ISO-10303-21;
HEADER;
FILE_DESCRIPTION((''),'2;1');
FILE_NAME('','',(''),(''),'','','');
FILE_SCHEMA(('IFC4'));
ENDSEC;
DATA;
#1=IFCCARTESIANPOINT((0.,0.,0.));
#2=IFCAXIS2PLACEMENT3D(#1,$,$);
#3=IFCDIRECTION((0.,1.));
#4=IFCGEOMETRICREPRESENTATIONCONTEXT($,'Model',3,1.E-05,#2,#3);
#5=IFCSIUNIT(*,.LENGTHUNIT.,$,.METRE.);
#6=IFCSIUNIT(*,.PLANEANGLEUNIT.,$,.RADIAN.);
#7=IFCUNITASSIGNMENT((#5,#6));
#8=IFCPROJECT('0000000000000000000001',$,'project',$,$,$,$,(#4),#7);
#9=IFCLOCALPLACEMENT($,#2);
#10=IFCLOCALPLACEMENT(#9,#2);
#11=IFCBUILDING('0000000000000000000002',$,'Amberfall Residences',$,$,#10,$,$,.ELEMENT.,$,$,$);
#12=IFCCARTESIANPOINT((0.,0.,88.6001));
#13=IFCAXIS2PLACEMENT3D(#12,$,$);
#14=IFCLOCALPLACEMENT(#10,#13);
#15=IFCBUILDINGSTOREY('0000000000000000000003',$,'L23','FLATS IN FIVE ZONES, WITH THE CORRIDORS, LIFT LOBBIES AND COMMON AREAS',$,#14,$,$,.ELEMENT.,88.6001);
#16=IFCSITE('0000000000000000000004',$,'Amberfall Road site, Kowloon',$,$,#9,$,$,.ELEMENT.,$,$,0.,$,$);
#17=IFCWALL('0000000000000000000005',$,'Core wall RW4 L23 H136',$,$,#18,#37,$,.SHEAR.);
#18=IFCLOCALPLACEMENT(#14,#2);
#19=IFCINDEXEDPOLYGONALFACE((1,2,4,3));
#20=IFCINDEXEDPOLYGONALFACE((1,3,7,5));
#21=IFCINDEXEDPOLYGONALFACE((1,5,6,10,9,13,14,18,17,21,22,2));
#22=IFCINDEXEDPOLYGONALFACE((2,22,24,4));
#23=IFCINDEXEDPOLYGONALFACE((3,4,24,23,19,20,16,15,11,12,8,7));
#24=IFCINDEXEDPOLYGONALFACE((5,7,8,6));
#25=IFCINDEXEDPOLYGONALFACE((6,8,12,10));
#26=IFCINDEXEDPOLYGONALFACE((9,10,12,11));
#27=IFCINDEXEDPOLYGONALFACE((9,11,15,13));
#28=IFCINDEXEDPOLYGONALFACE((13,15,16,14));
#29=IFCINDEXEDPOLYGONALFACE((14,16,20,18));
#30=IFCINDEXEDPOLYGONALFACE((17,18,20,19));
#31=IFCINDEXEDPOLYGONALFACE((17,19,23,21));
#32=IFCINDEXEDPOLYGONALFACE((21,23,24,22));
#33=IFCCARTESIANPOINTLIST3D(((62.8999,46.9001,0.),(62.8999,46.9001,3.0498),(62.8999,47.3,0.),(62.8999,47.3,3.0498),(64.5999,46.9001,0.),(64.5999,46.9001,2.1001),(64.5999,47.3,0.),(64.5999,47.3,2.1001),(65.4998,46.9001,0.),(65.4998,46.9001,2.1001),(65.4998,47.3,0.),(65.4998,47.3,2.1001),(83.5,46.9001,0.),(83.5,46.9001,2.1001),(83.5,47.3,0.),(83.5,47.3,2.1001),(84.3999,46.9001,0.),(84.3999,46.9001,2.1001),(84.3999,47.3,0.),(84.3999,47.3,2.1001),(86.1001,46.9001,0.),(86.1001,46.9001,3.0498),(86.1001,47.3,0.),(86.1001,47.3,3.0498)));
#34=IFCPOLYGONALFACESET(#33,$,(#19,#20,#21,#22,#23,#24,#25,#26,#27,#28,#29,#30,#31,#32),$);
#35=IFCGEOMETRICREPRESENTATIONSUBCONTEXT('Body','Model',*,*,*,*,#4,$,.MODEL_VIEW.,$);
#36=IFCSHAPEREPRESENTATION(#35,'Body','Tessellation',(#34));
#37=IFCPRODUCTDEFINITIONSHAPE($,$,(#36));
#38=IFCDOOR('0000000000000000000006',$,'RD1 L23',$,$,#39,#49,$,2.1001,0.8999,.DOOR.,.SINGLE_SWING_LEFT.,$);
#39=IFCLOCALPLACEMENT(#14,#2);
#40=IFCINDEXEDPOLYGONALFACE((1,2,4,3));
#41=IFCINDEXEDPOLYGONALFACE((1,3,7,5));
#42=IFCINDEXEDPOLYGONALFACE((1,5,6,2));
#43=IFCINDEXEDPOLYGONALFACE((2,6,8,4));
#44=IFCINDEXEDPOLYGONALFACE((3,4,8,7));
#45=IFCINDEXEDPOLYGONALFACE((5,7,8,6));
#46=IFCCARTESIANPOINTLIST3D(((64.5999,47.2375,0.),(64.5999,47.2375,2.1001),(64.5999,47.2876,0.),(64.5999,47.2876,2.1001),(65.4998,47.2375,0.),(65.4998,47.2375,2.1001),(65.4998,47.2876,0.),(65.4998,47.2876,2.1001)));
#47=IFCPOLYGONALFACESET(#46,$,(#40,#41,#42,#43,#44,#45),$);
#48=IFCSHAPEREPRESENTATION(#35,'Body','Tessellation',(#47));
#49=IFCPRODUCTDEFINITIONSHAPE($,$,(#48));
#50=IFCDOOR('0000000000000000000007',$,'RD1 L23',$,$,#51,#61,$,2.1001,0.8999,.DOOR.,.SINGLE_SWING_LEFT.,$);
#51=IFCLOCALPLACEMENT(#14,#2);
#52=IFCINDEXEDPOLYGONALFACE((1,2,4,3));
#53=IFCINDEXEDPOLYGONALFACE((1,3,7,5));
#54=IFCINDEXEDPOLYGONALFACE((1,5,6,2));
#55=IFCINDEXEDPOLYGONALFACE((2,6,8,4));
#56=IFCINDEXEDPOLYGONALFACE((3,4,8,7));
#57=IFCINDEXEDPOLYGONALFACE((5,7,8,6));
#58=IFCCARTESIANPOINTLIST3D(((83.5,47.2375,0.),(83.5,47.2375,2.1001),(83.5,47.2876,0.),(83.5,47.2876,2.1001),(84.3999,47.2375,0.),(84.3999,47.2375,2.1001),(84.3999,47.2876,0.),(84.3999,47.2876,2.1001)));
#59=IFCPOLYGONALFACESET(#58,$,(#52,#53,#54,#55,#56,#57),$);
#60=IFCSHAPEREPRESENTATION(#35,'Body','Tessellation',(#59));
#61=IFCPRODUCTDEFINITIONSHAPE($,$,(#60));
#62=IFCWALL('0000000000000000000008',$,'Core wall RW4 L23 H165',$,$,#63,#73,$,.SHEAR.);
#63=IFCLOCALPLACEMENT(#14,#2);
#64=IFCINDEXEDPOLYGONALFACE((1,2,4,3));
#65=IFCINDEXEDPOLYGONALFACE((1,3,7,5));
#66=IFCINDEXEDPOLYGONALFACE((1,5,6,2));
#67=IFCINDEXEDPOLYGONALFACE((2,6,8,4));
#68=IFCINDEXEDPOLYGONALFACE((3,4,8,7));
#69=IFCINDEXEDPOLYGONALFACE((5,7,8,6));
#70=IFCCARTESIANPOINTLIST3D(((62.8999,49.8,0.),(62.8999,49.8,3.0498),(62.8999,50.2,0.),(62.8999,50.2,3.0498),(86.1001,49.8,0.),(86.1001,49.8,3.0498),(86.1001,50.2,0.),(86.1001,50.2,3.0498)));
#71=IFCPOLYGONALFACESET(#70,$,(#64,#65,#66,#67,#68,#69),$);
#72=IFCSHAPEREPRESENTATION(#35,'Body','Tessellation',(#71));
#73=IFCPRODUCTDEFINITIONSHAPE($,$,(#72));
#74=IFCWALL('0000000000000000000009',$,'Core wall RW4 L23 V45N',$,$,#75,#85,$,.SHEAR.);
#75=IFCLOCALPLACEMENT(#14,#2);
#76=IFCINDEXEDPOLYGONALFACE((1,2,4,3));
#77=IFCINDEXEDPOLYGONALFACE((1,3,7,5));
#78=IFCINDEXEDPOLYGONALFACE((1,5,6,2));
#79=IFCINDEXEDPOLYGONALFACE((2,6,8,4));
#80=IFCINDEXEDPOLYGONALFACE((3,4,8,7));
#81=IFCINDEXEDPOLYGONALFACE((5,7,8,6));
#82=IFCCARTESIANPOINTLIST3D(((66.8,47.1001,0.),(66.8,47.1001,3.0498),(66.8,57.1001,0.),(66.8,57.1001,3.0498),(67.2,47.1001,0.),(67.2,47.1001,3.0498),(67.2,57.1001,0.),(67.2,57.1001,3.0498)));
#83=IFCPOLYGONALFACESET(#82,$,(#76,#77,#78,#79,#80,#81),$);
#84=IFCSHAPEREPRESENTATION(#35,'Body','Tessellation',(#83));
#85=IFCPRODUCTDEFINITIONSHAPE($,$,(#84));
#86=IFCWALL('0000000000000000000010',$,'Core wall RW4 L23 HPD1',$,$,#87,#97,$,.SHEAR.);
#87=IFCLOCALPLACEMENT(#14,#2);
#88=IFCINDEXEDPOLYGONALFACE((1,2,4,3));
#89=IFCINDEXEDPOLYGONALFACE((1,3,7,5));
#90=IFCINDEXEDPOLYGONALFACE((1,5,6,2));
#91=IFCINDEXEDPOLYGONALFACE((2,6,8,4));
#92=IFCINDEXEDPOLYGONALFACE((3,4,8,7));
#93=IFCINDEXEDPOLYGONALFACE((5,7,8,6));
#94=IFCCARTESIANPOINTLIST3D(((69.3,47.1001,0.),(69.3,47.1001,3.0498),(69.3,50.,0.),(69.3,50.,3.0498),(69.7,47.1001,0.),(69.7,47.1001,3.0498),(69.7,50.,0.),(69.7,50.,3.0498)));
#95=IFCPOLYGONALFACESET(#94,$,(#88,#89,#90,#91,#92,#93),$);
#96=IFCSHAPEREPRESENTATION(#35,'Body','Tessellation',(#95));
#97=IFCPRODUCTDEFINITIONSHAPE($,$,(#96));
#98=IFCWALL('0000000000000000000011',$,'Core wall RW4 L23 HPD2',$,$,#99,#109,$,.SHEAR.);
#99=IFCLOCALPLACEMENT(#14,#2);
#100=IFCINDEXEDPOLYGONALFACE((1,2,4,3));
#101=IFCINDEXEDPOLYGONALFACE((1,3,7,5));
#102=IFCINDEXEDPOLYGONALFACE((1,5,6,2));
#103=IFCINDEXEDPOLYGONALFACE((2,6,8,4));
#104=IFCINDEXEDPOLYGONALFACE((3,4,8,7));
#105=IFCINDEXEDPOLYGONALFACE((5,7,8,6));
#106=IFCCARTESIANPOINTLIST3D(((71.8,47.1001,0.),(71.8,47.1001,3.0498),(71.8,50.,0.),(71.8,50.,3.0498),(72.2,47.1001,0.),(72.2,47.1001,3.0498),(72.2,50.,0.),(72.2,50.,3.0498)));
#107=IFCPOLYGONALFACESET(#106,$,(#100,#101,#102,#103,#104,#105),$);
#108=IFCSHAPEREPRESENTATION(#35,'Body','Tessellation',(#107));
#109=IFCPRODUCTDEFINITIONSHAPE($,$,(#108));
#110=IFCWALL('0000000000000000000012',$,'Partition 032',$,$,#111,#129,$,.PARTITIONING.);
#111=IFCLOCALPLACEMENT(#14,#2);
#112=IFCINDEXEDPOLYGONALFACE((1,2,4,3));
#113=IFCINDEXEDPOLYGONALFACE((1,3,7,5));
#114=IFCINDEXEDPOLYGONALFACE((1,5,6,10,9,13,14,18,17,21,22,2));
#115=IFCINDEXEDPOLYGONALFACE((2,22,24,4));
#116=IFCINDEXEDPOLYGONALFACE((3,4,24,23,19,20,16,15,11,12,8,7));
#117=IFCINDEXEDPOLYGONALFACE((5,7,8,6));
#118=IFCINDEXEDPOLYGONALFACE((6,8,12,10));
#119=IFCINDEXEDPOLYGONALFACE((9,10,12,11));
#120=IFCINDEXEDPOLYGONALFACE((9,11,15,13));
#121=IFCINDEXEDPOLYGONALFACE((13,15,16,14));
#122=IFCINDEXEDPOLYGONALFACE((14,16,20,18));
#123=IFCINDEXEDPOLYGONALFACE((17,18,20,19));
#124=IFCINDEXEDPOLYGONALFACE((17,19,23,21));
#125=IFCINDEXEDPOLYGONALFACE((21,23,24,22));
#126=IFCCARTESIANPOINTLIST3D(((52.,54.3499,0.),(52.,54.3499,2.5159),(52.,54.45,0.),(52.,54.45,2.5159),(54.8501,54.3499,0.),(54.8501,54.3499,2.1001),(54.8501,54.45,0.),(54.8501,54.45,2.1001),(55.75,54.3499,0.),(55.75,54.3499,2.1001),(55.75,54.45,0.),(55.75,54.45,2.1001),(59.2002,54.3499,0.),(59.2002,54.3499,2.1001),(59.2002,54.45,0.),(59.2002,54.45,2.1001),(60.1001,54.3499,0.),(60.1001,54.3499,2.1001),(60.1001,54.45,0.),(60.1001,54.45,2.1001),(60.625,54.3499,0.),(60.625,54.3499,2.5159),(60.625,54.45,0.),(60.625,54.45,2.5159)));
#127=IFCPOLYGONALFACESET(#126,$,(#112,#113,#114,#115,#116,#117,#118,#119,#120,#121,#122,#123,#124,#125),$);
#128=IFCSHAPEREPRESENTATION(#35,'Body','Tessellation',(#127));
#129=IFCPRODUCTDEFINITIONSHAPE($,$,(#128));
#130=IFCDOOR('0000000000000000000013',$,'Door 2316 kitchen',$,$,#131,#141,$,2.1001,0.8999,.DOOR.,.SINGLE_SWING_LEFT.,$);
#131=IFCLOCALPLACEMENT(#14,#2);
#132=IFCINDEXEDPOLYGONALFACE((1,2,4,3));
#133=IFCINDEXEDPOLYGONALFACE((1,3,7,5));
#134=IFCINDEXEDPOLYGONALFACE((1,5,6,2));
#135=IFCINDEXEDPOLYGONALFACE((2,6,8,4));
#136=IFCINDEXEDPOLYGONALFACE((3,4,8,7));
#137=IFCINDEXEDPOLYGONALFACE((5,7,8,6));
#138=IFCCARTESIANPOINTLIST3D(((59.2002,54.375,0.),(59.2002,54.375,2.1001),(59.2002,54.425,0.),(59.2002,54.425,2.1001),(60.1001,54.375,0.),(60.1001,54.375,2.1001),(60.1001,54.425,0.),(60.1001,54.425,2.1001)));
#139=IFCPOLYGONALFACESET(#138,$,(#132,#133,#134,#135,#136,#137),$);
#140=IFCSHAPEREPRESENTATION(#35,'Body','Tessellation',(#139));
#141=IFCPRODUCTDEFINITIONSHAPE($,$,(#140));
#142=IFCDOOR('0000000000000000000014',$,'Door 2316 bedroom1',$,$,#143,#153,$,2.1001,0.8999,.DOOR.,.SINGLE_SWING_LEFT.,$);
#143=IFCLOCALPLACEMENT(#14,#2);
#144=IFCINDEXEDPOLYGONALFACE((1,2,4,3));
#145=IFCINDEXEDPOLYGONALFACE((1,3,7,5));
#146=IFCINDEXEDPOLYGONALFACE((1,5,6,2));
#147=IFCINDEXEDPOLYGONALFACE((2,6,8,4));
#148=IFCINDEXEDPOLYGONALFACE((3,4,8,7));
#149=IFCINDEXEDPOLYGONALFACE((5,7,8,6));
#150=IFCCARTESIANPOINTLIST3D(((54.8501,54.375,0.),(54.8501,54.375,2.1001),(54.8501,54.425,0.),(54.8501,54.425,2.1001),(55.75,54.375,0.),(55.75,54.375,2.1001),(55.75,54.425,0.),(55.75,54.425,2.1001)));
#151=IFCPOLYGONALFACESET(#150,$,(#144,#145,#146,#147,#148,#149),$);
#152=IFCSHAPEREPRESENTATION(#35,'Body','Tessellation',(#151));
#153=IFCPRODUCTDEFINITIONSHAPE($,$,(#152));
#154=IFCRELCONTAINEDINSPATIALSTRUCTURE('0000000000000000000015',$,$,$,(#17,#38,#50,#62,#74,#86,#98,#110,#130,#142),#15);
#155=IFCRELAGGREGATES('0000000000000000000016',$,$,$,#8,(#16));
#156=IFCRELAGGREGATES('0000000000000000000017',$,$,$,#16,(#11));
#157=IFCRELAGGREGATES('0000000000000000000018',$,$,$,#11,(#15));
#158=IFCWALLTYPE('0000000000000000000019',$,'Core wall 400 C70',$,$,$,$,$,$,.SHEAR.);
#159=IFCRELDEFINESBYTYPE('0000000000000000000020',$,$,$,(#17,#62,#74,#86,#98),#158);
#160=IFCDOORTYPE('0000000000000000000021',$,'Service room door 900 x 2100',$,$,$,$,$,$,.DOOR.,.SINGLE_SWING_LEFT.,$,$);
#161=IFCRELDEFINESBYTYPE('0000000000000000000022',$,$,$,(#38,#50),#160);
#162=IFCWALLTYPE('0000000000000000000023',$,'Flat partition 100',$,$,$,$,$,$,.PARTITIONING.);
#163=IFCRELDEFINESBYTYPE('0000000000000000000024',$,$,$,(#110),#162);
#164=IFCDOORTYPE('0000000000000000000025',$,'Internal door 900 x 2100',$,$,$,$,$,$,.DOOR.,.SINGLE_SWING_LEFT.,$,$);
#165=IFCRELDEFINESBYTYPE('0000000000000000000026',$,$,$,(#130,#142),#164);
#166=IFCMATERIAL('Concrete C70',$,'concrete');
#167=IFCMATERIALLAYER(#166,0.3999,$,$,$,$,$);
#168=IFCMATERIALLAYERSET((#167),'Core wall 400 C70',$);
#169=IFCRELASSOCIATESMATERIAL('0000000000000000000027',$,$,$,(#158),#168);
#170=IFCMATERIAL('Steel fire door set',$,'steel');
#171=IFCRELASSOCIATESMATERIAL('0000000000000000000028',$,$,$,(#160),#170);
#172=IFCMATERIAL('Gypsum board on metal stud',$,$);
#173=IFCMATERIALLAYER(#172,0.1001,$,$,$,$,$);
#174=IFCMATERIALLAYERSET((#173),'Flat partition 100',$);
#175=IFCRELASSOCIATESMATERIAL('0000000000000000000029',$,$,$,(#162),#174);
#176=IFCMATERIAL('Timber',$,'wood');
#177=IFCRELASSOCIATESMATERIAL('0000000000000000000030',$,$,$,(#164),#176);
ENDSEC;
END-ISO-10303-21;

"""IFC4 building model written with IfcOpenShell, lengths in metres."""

from ifc_helpers import new_model, si_unit, direction, frame, frame_2d, origin, place, context, subcontext, project, spatial, rectangle, extrude, material, layer, layer_set, type_object, element, fill, save


model = new_model("IFC4")

# Units and contexts
model_context = context("Model", 3, precision=1e-05, world=origin(), true_north=direction((0.0, 1.0)))
body_context = subcontext(model_context, "Body", "Model", "MODEL_VIEW")
ifc_project = project(units=[si_unit("LENGTHUNIT", "METRE"), si_unit("PLANEANGLEUNIT", "RADIAN")], contexts=[model_context])

# Site, building, storey
site_placement = place(None, origin())
site = spatial("IfcSite", under=ifc_project, at=site_placement, Name="Amberfall Road site, Kowloon", CompositionType="ELEMENT", RefElevation=0.0)
building_placement = place(site_placement, origin())
building = spatial("IfcBuilding", under=site, at=building_placement, Name="Amberfall Residences", CompositionType="ELEMENT")
storey_placement = place(building_placement, frame((0.0, 0.0, 88.6001)))
storey = spatial("IfcBuildingStorey", under=building, at=storey_placement, Name="L23", Description="FLATS IN FIVE ZONES, WITH THE CORRIDORS, LIFT LOBBIES AND COMMON AREAS", CompositionType="ELEMENT", Elevation=88.6001)

# Wall, openings, doors
ifc_material_1 = material(Name="Concrete C70", Category="concrete")
ifc_layer_1 = layer(ifc_material_1, 0.3999)
ifc_layer_set_1 = layer_set([ifc_layer_1], Name="Core wall 400 C70")
wall_type_1 = type_object("IfcWallType", Name="Core wall 400 C70", PredefinedType="SHEAR", material=ifc_layer_set_1)
ifc_material_2 = material(Name="Steel fire door set", Category="steel")
door_type_1 = type_object("IfcDoorType", Name="Service room door 900 x 2100", OperationType="SINGLE_SWING_LEFT", PredefinedType="DOOR", material=ifc_material_2)
wall_1_placement = place(storey_placement, frame((62.8999, 47.1001, 0.0), z_axis=(0.0, 0.0, 1.0), x_axis=(1.0, 0.0, 0.0)))
wall_1 = element("IfcWall", 1, at=wall_1_placement, inside=storey, type_object=wall_type_1, Name="Core wall RW4 L23 H136", PredefinedType="SHEAR", context=body_context, shape_type="SweptSolid", body=[
    extrude(rectangle(XDim=23.2002, YDim=0.3999, at=frame_2d((11.6001, 0.0))), origin(), (0.0, 0.0, 1.0), 3.0498),
])
opening_1_placement = place(wall_1_placement, frame((1.7, 0.0, 0.0)))
opening_1 = element("IfcOpeningElement", 2, at=opening_1_placement, cuts=wall_1, PredefinedType="OPENING", context=body_context, shape_type="SweptSolid", body=[
    extrude(rectangle(XDim=0.8999, YDim=2.1001, at=frame_2d((0.45, 1.05))), frame((0.0, 0.21, 0.0), z_axis=(0.0, -1.0, 0.0), x_axis=(1.0, 0.0, 0.0)), (0.0, 0.0, 1.0), 0.4199),
])
opening_2_placement = place(wall_1_placement, frame((20.6001, 0.0, 0.0)))
opening_2 = element("IfcOpeningElement", 3, at=opening_2_placement, cuts=wall_1, PredefinedType="OPENING", context=body_context, shape_type="SweptSolid", body=[
    extrude(rectangle(XDim=0.8999, YDim=2.1001, at=frame_2d((0.45, 1.05))), frame((0.0, 0.21, 0.0), z_axis=(0.0, -1.0, 0.0), x_axis=(1.0, 0.0, 0.0)), (0.0, 0.0, 1.0), 0.4199),
])
door_1_placement = place(opening_1_placement, origin())
door_1 = element("IfcDoor", 4, at=door_1_placement, inside=storey, type_object=door_type_1, Name="RD1 L23", OperationType="SINGLE_SWING_LEFT", OverallHeight=2.1001, OverallWidth=0.8999, PredefinedType="DOOR", context=body_context, shape_type="SweptSolid", body=[
    extrude(rectangle(XDim=0.8999, YDim=2.1001, at=frame_2d((0.45, 1.05))), frame((0.0, 0.1875, 0.0), z_axis=(0.0, -1.0, 0.0), x_axis=(1.0, 0.0, 0.0)), (0.0, 0.0, 1.0), 0.05),
])
fill(opening_1, door_1)
door_2_placement = place(opening_2_placement, origin())
door_2 = element("IfcDoor", 5, at=door_2_placement, inside=storey, type_object=door_type_1, Name="RD1 L23", OperationType="SINGLE_SWING_LEFT", OverallHeight=2.1001, OverallWidth=0.8999, PredefinedType="DOOR", context=body_context, shape_type="SweptSolid", body=[
    extrude(rectangle(XDim=0.8999, YDim=2.1001, at=frame_2d((0.45, 1.05))), frame((0.0, 0.1875, 0.0), z_axis=(0.0, -1.0, 0.0), x_axis=(1.0, 0.0, 0.0)), (0.0, 0.0, 1.0), 0.05),
])
fill(opening_2, door_2)

# Walls
wall_2_placement = place(storey_placement, frame((62.8999, 50.0, 0.0), z_axis=(0.0, 0.0, 1.0), x_axis=(1.0, 0.0, 0.0)))
element("IfcWall", 6, at=wall_2_placement, inside=storey, type_object=wall_type_1, Name="Core wall RW4 L23 H165", PredefinedType="SHEAR", context=body_context, shape_type="SweptSolid", body=[
    extrude(rectangle(XDim=23.2002, YDim=0.3999, at=frame_2d((11.6001, 0.0))), origin(), (0.0, 0.0, 1.0), 3.0498),
])
wall_3_placement = place(storey_placement, frame((67.0, 47.1001, 0.0), z_axis=(0.0, 0.0, 1.0), x_axis=(0.0, 1.0, 0.0)))
element("IfcWall", 7, at=wall_3_placement, inside=storey, type_object=wall_type_1, Name="Core wall RW4 L23 V45N", PredefinedType="SHEAR", context=body_context, shape_type="SweptSolid", body=[
    extrude(rectangle(XDim=10.0, YDim=0.3999, at=frame_2d((5.0, 0.0))), origin(), (0.0, 0.0, 1.0), 3.0498),
])
for number, where, z_axis, x_axis, name in (
    (8, (69.5, 47.1001, 0.0), (0.0, 0.0, 1.0), (0.0, 1.0, 0.0), "Core wall RW4 L23 HPD1"),
    (9, (72.0, 47.1001, 0.0), (0.0, 0.0, 1.0), (0.0, 1.0, 0.0), "Core wall RW4 L23 HPD2"),
):
    element("IfcWall", number, at=place(storey_placement, frame(where, z_axis=z_axis, x_axis=x_axis)), inside=storey, type_object=wall_type_1, Name=name, PredefinedType="SHEAR", context=body_context, shape_type="SweptSolid", body=[
        extrude(rectangle(XDim=2.8999, YDim=0.3999, at=frame_2d((1.45, 0.0))), origin(), (0.0, 0.0, 1.0), 3.0498),
    ])

# Wall, openings, doors
ifc_material_3 = material(Name="Gypsum board on metal stud")
ifc_layer_2 = layer(ifc_material_3, 0.1001)
ifc_layer_set_2 = layer_set([ifc_layer_2], Name="Flat partition 100")
wall_type_2 = type_object("IfcWallType", Name="Flat partition 100", PredefinedType="PARTITIONING", material=ifc_layer_set_2)
wall_4_placement = place(storey_placement, frame((60.625, 54.3999, 0.0), z_axis=(0.0, 0.0, 1.0), x_axis=(-1.0, 0.0, 0.0)))
wall_4 = element("IfcWall", 10, at=wall_4_placement, inside=storey, type_object=wall_type_2, Name="Partition 032", PredefinedType="PARTITIONING", context=body_context, shape_type="SweptSolid", body=[
    extrude(rectangle(XDim=8.625, YDim=0.1001, at=frame_2d((4.3125, 0.0))), origin(), (0.0, 0.0, 1.0), 2.5159),
])
opening_3_placement = place(wall_4_placement, frame((0.5249, 0.0, 0.0)))
opening_3 = element("IfcOpeningElement", 11, at=opening_3_placement, cuts=wall_4, PredefinedType="OPENING", context=body_context, shape_type="SweptSolid", body=[
    extrude(rectangle(XDim=0.8999, YDim=2.1001, at=frame_2d((0.45, 1.05))), frame((0.0, 0.0601, 0.0), z_axis=(0.0, -1.0, 0.0), x_axis=(1.0, 0.0, 0.0)), (0.0, 0.0, 1.0), 0.1201),
])
opening_4_placement = place(wall_4_placement, frame((4.875, 0.0, 0.0)))
opening_4 = element("IfcOpeningElement", 12, at=opening_4_placement, cuts=wall_4, PredefinedType="OPENING", context=body_context, shape_type="SweptSolid", body=[
    extrude(rectangle(XDim=0.8999, YDim=2.1001, at=frame_2d((0.45, 1.05))), frame((0.0, 0.0601, 0.0), z_axis=(0.0, -1.0, 0.0), x_axis=(1.0, 0.0, 0.0)), (0.0, 0.0, 1.0), 0.1201),
])
ifc_material_4 = material(Name="Timber", Category="wood")
door_type_2 = type_object("IfcDoorType", Name="Internal door 900 x 2100", OperationType="SINGLE_SWING_LEFT", PredefinedType="DOOR", material=ifc_material_4)
door_3_placement = place(opening_3_placement, origin())
door_3 = element("IfcDoor", 13, at=door_3_placement, inside=storey, type_object=door_type_2, Name="Door 2316 kitchen", OperationType="SINGLE_SWING_LEFT", OverallHeight=2.1001, OverallWidth=0.8999, PredefinedType="DOOR", context=body_context, shape_type="SweptSolid", body=[
    extrude(rectangle(XDim=0.8999, YDim=2.1001, at=frame_2d((0.45, 1.05))), frame((0.0, 0.0249, 0.0), z_axis=(0.0, -1.0, 0.0), x_axis=(1.0, 0.0, 0.0)), (0.0, 0.0, 1.0), 0.05),
])
fill(opening_3, door_3)
door_4_placement = place(opening_4_placement, origin())
door_4 = element("IfcDoor", 14, at=door_4_placement, inside=storey, type_object=door_type_2, Name="Door 2316 bedroom1", OperationType="SINGLE_SWING_LEFT", OverallHeight=2.1001, OverallWidth=0.8999, PredefinedType="DOOR", context=body_context, shape_type="SweptSolid", body=[
    extrude(rectangle(XDim=0.8999, YDim=2.1001, at=frame_2d((0.45, 1.05))), frame((0.0, 0.0249, 0.0), z_axis=(0.0, -1.0, 0.0), x_axis=(1.0, 0.0, 0.0)), (0.0, 0.0, 1.0), 0.05),
])
fill(opening_4, door_4)

save(model, "model.ifc")
